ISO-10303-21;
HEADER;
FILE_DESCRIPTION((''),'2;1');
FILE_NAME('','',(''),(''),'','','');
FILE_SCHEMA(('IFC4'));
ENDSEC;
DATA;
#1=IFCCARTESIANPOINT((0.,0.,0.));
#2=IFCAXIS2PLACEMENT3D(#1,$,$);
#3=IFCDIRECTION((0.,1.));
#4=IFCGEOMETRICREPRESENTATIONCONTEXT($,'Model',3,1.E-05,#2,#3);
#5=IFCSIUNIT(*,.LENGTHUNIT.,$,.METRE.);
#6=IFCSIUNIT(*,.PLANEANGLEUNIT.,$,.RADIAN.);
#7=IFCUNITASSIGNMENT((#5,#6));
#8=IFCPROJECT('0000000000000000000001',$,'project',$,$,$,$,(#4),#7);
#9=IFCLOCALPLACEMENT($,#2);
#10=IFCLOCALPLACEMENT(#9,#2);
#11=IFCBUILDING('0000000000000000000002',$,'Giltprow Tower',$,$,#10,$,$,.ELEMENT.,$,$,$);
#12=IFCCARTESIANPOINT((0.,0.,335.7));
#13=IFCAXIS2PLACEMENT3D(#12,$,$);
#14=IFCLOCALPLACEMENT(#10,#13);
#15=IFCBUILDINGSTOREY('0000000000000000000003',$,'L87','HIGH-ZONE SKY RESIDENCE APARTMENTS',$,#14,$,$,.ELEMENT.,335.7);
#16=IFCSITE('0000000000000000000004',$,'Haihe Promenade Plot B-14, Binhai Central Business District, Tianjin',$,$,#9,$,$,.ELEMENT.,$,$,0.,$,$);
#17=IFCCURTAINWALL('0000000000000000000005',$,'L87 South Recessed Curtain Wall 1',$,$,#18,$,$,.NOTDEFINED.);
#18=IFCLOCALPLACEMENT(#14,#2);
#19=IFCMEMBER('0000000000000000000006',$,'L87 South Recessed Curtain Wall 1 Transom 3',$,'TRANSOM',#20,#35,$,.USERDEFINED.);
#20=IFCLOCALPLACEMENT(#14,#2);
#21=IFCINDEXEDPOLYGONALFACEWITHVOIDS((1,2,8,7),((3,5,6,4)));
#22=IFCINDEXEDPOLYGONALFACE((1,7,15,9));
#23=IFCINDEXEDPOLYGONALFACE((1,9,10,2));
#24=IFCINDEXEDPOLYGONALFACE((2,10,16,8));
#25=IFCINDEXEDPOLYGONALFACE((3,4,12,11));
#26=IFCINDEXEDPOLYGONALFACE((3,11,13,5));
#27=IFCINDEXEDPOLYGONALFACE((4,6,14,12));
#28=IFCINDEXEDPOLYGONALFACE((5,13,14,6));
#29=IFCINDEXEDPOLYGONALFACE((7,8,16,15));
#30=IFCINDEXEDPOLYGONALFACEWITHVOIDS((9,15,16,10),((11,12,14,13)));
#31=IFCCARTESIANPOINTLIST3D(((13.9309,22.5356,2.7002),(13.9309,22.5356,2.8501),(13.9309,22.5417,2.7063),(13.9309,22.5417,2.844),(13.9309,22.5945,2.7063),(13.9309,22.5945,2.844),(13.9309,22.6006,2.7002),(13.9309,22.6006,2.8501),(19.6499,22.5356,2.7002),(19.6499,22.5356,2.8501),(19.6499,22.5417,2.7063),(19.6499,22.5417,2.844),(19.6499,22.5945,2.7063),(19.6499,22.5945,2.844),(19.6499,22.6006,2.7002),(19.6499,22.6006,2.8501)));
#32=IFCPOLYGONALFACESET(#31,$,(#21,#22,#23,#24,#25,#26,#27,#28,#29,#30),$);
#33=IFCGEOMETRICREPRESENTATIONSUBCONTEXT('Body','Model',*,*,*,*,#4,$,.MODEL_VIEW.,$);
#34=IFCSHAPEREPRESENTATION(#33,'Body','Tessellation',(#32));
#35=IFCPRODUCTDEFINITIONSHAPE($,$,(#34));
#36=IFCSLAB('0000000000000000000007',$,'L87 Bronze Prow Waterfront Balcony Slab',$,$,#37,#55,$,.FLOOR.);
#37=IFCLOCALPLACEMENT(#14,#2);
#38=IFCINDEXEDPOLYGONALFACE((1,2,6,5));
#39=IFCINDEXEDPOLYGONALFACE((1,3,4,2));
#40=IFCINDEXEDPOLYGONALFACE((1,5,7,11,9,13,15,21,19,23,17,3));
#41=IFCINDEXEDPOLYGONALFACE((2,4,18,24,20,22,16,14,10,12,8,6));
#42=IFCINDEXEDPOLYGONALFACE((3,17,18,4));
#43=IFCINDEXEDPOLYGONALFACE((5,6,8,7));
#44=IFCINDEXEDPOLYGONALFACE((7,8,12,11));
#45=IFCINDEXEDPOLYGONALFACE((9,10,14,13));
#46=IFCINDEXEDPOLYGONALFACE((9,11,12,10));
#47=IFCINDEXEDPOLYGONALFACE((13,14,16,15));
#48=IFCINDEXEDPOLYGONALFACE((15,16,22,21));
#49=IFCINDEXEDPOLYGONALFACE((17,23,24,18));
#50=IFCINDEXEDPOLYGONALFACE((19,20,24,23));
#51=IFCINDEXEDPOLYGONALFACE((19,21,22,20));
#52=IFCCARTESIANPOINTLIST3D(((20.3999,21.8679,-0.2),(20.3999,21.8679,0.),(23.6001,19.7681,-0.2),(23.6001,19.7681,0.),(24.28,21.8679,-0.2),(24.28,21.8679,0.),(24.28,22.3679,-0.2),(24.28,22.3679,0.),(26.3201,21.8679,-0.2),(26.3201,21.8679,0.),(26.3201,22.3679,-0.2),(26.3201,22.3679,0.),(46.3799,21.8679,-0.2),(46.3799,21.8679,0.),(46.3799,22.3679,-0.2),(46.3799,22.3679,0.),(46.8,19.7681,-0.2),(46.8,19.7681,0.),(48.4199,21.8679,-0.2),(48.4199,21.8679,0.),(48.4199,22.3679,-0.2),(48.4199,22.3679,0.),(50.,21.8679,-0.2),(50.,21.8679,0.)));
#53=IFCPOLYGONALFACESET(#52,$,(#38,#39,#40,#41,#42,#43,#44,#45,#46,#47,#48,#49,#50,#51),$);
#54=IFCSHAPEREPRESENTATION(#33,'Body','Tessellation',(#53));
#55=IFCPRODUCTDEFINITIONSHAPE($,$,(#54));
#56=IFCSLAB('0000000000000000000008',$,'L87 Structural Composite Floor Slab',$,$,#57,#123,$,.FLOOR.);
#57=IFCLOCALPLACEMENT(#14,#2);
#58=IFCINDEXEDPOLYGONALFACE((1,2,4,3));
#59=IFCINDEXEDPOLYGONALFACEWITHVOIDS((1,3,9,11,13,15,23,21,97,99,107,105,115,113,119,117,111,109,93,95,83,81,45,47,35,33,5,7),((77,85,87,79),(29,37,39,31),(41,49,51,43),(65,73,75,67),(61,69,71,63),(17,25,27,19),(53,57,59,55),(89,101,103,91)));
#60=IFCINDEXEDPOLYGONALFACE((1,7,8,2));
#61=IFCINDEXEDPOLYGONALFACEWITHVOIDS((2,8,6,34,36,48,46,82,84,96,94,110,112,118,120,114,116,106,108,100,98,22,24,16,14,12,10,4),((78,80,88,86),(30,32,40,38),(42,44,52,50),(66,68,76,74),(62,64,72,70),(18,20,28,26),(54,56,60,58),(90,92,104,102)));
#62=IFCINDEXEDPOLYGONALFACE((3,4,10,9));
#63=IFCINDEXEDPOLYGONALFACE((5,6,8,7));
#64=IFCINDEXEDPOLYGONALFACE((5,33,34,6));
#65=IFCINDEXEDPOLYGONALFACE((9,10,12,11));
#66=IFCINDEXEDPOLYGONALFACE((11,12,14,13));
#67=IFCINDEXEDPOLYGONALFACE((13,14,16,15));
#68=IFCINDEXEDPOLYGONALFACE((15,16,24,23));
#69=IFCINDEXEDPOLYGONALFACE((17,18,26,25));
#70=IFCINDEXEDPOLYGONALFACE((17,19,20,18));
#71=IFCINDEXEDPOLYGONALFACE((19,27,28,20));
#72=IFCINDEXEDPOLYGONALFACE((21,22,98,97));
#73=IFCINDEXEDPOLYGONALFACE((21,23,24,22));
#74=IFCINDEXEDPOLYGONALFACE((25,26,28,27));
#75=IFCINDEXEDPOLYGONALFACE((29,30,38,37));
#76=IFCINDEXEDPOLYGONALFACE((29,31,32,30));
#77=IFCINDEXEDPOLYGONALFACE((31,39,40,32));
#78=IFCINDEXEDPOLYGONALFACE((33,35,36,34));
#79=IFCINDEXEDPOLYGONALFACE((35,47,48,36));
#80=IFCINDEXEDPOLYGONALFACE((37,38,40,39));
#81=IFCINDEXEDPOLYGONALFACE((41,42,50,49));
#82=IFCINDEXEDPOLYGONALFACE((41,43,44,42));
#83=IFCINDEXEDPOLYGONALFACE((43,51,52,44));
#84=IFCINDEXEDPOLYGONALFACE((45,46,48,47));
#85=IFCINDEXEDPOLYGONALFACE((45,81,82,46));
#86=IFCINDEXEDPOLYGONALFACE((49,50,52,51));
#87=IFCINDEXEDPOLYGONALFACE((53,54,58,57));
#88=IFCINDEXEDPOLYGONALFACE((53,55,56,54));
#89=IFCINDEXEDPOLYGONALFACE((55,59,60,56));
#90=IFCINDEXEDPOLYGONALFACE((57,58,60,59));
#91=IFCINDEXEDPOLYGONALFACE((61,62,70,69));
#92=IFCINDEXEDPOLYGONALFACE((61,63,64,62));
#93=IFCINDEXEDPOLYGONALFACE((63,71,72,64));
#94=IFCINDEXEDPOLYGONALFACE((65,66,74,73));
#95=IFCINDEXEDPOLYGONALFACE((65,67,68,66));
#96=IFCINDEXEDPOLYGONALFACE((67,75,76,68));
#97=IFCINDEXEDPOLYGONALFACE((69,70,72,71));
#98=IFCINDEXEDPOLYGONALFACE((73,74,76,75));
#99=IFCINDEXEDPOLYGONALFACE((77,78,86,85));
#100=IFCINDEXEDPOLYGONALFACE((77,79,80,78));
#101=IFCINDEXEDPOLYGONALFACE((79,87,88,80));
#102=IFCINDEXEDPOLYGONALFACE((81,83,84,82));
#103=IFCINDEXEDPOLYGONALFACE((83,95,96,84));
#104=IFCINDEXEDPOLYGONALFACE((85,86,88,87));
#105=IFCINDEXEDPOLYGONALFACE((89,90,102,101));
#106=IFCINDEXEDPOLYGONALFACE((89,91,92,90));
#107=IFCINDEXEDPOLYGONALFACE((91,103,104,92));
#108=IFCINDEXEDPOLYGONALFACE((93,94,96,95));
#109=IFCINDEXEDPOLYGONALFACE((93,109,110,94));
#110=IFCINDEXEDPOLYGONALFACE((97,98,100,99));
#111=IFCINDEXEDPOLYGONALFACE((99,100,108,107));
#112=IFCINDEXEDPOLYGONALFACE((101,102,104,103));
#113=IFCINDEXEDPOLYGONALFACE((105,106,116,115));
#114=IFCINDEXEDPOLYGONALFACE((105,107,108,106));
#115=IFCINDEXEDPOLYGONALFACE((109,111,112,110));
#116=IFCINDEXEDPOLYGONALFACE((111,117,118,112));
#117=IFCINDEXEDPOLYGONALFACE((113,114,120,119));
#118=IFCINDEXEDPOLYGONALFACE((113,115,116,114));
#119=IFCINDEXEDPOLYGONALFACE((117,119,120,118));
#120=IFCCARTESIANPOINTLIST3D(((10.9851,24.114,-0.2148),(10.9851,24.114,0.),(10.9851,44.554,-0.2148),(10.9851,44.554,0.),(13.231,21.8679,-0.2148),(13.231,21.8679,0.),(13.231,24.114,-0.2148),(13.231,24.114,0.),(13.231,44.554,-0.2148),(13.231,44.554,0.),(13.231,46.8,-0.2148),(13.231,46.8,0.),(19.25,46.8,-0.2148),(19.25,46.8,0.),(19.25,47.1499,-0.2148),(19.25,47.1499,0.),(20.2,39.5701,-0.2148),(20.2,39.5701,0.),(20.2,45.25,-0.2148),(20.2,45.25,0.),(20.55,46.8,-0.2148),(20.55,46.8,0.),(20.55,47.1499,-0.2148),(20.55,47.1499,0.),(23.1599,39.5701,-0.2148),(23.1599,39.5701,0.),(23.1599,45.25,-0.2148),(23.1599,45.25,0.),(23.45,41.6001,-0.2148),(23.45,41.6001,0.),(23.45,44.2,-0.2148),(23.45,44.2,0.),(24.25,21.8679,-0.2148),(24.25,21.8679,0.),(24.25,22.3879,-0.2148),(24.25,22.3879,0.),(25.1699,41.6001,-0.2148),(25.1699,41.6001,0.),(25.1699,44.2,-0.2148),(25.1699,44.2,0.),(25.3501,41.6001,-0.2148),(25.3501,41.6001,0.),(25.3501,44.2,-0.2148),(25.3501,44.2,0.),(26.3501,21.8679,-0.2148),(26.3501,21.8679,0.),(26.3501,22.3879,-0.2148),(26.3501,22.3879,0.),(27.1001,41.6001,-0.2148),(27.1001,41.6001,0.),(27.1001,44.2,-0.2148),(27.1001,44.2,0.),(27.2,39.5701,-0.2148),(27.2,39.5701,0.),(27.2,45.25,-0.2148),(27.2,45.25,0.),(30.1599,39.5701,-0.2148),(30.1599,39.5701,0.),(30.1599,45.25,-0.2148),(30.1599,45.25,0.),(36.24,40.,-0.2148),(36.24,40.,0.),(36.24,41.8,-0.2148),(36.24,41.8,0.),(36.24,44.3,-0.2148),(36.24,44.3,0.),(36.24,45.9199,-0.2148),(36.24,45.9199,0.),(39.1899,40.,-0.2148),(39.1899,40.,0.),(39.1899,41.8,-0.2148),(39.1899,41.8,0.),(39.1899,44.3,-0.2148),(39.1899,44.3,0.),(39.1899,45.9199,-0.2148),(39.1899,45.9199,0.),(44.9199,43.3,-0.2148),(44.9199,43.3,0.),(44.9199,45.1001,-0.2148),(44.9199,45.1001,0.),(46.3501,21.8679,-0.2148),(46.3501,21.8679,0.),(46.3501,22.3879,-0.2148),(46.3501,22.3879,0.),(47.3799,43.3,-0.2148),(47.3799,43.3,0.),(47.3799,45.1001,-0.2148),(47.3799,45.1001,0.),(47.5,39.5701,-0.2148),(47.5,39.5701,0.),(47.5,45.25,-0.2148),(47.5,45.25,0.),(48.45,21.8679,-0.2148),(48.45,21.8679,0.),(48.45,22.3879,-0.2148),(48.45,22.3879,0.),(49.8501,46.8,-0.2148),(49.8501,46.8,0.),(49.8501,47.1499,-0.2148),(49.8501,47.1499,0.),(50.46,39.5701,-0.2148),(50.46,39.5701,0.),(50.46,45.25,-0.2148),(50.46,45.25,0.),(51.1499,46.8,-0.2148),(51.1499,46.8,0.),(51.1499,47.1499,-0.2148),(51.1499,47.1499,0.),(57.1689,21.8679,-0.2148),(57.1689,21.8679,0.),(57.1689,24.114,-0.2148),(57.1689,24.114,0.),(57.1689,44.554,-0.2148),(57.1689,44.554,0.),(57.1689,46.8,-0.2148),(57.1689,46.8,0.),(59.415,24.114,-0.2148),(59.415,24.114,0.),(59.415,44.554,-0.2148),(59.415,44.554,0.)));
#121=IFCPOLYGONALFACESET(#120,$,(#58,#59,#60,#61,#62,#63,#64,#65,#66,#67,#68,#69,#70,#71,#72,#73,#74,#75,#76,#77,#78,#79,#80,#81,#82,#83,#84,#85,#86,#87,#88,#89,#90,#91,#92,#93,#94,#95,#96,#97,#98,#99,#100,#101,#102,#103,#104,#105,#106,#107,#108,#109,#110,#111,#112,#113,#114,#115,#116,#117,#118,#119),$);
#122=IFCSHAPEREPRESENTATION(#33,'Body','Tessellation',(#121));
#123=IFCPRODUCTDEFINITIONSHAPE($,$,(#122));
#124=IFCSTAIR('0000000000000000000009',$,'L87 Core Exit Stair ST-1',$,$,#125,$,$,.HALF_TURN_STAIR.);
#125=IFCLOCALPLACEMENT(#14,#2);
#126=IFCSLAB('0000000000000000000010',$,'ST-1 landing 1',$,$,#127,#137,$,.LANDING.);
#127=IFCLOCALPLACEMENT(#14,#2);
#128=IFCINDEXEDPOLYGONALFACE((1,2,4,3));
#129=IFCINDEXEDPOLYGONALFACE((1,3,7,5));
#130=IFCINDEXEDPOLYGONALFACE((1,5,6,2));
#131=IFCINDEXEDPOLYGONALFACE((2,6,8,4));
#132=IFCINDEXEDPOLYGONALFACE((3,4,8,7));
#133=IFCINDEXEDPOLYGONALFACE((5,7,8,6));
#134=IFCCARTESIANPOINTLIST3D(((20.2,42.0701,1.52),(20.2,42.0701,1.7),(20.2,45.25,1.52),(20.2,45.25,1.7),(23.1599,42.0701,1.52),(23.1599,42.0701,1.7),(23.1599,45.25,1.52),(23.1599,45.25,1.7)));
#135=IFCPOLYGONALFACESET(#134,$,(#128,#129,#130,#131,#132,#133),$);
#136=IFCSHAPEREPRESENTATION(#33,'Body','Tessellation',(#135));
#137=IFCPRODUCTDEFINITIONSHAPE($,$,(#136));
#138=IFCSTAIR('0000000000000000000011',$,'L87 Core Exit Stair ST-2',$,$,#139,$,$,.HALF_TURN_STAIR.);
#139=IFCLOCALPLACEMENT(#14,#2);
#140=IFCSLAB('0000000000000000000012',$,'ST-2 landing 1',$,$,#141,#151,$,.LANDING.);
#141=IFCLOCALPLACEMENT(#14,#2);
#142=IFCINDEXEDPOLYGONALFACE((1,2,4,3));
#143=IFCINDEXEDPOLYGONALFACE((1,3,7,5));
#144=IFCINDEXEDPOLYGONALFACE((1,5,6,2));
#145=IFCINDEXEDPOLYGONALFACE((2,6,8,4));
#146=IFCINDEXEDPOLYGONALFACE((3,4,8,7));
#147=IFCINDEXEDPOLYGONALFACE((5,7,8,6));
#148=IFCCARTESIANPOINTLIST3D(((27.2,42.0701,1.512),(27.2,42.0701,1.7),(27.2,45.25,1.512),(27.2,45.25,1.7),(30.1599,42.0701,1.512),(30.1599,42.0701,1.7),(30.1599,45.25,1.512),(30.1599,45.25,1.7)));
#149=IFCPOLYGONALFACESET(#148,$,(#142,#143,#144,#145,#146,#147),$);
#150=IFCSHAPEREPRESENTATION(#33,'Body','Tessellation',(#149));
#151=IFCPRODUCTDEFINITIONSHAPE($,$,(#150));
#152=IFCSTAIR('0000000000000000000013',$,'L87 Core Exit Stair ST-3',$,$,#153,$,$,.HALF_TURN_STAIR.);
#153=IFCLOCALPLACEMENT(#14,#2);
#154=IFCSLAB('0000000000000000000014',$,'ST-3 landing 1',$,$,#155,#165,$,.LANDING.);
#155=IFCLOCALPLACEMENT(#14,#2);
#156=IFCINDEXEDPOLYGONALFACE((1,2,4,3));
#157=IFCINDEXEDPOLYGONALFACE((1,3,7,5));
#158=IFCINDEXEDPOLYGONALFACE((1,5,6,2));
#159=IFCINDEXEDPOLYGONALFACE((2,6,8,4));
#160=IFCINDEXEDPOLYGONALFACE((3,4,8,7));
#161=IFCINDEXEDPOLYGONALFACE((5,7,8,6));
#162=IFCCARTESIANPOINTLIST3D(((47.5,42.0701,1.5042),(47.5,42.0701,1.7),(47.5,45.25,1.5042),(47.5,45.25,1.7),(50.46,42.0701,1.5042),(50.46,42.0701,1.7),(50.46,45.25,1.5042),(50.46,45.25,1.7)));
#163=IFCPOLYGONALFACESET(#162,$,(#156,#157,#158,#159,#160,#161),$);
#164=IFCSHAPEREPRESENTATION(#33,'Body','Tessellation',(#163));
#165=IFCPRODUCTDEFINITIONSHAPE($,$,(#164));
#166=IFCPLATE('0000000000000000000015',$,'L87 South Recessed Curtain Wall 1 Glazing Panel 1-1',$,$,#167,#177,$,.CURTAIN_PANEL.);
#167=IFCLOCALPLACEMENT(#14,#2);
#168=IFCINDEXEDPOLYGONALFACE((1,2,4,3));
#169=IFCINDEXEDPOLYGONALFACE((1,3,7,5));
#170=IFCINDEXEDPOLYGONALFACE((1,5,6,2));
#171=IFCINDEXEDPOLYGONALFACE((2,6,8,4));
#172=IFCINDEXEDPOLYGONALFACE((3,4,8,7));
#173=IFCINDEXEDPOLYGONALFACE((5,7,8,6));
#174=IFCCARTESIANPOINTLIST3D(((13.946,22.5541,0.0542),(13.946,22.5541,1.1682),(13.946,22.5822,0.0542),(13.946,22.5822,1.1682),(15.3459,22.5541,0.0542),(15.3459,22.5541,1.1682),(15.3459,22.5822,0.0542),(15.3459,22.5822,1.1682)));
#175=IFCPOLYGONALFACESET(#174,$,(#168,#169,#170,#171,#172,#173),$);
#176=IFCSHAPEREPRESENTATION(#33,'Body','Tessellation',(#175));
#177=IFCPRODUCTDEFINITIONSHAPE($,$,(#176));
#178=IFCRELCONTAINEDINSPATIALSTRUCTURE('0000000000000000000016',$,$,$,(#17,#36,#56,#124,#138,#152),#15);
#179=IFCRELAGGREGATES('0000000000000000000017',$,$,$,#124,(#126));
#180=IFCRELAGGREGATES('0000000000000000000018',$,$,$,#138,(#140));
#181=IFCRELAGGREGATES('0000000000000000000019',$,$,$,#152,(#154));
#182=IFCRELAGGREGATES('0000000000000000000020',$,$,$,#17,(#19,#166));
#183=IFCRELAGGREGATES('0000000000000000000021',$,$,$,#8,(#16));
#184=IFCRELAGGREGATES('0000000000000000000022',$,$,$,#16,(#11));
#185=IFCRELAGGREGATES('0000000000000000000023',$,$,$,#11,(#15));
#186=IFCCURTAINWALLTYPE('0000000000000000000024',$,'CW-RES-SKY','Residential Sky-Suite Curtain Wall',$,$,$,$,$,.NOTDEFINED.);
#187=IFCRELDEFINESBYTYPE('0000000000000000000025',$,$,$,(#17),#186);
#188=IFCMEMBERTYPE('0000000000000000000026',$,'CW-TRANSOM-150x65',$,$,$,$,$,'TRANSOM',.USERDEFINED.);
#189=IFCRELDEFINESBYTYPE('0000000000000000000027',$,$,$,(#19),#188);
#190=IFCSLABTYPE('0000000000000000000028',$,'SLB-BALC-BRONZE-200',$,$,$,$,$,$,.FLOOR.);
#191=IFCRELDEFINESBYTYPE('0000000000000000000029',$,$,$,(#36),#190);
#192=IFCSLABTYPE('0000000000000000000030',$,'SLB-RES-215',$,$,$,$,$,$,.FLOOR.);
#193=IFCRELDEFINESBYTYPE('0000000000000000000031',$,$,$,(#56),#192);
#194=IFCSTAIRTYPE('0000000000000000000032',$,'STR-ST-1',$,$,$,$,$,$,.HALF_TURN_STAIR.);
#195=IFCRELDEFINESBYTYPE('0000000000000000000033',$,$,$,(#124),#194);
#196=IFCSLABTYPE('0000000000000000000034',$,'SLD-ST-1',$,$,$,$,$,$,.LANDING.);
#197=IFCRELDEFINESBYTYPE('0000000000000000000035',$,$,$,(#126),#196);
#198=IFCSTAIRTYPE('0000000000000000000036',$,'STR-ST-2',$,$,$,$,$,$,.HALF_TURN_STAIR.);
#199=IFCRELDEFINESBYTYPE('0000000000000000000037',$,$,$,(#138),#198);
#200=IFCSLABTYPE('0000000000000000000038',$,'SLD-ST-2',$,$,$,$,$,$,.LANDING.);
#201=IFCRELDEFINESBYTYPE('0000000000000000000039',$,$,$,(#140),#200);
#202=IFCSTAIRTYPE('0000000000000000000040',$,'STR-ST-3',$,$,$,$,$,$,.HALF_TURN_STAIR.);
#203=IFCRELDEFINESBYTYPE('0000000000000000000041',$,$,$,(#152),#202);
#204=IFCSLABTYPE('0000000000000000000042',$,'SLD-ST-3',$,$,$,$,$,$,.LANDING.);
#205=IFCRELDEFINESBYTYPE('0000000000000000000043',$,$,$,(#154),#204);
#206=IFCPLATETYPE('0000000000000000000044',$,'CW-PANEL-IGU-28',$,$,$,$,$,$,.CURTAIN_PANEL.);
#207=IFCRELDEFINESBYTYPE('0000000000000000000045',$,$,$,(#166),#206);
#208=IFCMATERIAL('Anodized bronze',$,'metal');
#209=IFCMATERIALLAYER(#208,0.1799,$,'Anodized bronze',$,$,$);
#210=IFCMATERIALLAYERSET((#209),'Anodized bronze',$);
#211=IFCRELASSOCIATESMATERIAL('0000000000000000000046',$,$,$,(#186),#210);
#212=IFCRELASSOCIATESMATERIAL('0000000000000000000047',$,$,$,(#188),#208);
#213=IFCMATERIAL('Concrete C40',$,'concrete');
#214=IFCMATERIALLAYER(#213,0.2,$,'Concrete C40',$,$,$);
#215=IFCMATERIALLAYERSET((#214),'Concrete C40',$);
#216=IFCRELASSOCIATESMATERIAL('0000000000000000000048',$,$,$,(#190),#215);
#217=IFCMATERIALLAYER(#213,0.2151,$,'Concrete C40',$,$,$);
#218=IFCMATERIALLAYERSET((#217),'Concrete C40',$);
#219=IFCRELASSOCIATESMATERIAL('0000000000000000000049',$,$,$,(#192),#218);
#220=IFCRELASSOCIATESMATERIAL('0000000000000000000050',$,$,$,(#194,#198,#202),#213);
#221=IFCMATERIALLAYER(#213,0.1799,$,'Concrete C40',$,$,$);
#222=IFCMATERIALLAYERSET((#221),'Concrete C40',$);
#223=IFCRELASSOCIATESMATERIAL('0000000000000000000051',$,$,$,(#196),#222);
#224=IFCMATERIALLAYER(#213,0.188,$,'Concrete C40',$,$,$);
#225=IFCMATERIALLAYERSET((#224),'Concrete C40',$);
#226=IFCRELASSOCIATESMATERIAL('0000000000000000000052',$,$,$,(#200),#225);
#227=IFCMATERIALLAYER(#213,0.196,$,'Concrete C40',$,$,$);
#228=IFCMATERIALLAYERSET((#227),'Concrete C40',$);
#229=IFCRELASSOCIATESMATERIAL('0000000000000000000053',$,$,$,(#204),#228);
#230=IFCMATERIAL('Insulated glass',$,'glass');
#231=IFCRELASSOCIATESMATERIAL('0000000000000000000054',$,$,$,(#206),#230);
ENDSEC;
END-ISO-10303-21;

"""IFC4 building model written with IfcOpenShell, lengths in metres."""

from ifc_helpers import new_model, si_unit, direction, frame, origin, origin_2d, place, context, subcontext, project, spatial, polyline, rectangle, hollow_rectangle, outline, extrude, source, transform, mapped, material, layer, layer_set, material_profile, profile_set, type_object, element, aggregate, save


model = new_model("IFC4")

# Units and contexts
model_context = context("Model", 3, precision=1e-05, world=origin(), true_north=direction((0.0, 1.0)))
body_context = subcontext(model_context, "Body", "Model", "MODEL_VIEW")
ifc_project = project(units=[si_unit("LENGTHUNIT", "METRE"), si_unit("PLANEANGLEUNIT", "RADIAN")], contexts=[model_context])

# Site, building, storey
site_placement = place(None, origin())
site = spatial("IfcSite", under=ifc_project, at=site_placement, Name="Haihe Promenade Plot B-14, Binhai Central Business District, Tianjin", CompositionType="ELEMENT", RefElevation=0.0)
building_placement = place(site_placement, origin())
building = spatial("IfcBuilding", under=site, at=building_placement, Name="Giltprow Tower", CompositionType="ELEMENT")
storey_placement = place(building_placement, frame((0.0, 0.0, 335.7)))
storey = spatial("IfcBuildingStorey", under=building, at=storey_placement, Name="L87", Description="HIGH-ZONE SKY RESIDENCE APARTMENTS", CompositionType="ELEMENT", Elevation=335.7)

# Curtain wall, member
ifc_material_1 = material(Name="Anodized bronze", Category="metal")
ifc_layer_1 = layer(ifc_material_1, 0.1799, Name="Anodized bronze")
ifc_layer_set_1 = layer_set([ifc_layer_1], Name="Anodized bronze")
curtain_wall_type = type_object("IfcCurtainWallType", Name="CW-RES-SKY", Description="Residential Sky-Suite Curtain Wall", PredefinedType="NOTDEFINED", material=ifc_layer_set_1)
curtain_wall_placement = place(storey_placement, origin())
curtain_wall = element("IfcCurtainWall", 1, at=curtain_wall_placement, inside=storey, type_object=curtain_wall_type, Name="L87 South Recessed Curtain Wall 1", PredefinedType="NOTDEFINED")
ifc_material_profile_1 = material_profile(ifc_material_1, hollow_rectangle(XDim=0.0649, YDim=0.1499, WallThickness=0.0061, at=origin_2d()), Name="RHS 150x65x6")
ifc_profile_set_1 = profile_set([ifc_material_profile_1], Name="Anodized bronze")
member_type_1 = type_object("IfcMemberType", Name="CW-TRANSOM-150x65", ElementType="TRANSOM", PredefinedType="USERDEFINED", material=ifc_profile_set_1)
shared_shape_1 = source(origin(), body_context, "Body", "SweptSolid", [
    extrude(hollow_rectangle(XDim=0.0649, YDim=0.1499, WallThickness=0.0061, at=origin_2d()), origin(), (0.0, 0.0, 1.0), 5.719),
])
member_1_placement = place(storey_placement, frame((13.9309, 22.5681, 2.7751), z_axis=(1.0, 0.0, 0.0), x_axis=(0.0, 1.0, 0.0)))
member_1 = element("IfcMember", 2, at=member_1_placement, type_object=member_type_1, Name="L87 South Recessed Curtain Wall 1 Transom 3", ObjectType="TRANSOM", PredefinedType="USERDEFINED", context=body_context, shape_type="MappedRepresentation", body=[
    mapped(shared_shape_1, transform((0.0, 0.0, 0.0), x_axis=(1.0, 0.0, 0.0), y_axis=(0.0, 1.0, 0.0), z_axis=(0.0, 0.0, 1.0), scale=1.0)),
])

# Slabs
ifc_material_2 = material(Name="Concrete C40", Category="concrete")
ifc_layer_2 = layer(ifc_material_2, 0.2, Name="Concrete C40")
ifc_layer_set_2 = layer_set([ifc_layer_2], Name="Concrete C40")
slab_type_1 = type_object("IfcSlabType", Name="SLB-BALC-BRONZE-200", PredefinedType="FLOOR", material=ifc_layer_set_2)
slab_1_placement = place(storey_placement, frame((0.0, 0.0, -0.2)))
element("IfcSlab", 3, at=slab_1_placement, inside=storey, type_object=slab_type_1, Name="L87 Bronze Prow Waterfront Balcony Slab", PredefinedType="FLOOR", context=body_context, shape_type="SweptSolid", body=[
    extrude(outline(polyline([(50.0, 21.8679), (46.8, 19.7681), (23.6001, 19.7681), (20.3999, 21.8679), (24.28, 21.8679), (24.28, 22.3679), (26.3201, 22.3679), (26.3201, 21.8679), (46.3799, 21.8679), (46.3799, 22.3679), (48.4199, 22.3679), (48.4199, 21.8679), (50.0, 21.8679)])), origin(), (0.0, 0.0, 1.0), 0.2),
])
ifc_layer_3 = layer(ifc_material_2, 0.2151, Name="Concrete C40")
ifc_layer_set_3 = layer_set([ifc_layer_3], Name="Concrete C40")
slab_type_2 = type_object("IfcSlabType", Name="SLB-RES-215", PredefinedType="FLOOR", material=ifc_layer_set_3)
slab_2_placement = place(storey_placement, frame((0.0, 0.0, -0.2148)))
element("IfcSlab", 4, at=slab_2_placement, inside=storey, type_object=slab_type_2, Name="L87 Structural Composite Floor Slab", PredefinedType="FLOOR", context=body_context, shape_type="SweptSolid", body=[
    extrude(outline(polyline([(59.415, 44.554), (59.415, 24.114), (57.1689, 24.114), (57.1689, 21.8679), (48.45, 21.8679), (48.45, 22.3879), (46.3501, 22.3879), (46.3501, 21.8679), (26.3501, 21.8679), (26.3501, 22.3879), (24.25, 22.3879), (24.25, 21.8679), (13.231, 21.8679), (13.231, 24.114), (10.9851, 24.114), (10.9851, 44.554), (13.231, 44.554), (13.231, 46.8), (19.25, 46.8), (19.25, 47.1499), (20.55, 47.1499), (20.55, 46.8), (49.8501, 46.8), (49.8501, 47.1499), (51.1499, 47.1499), (51.1499, 46.8), (57.1689, 46.8), (57.1689, 44.554), (59.415, 44.554)]), holes=[polyline([(39.1899, 41.8), (36.24, 41.8), (36.24, 40.0), (39.1899, 40.0), (39.1899, 41.8)]), polyline([(23.1599, 39.5701), (23.1599, 45.25), (20.2, 45.25), (20.2, 39.5701), (23.1599, 39.5701)]), polyline([(30.1599, 39.5701), (30.1599, 45.25), (27.2, 45.25), (27.2, 39.5701), (30.1599, 39.5701)]), polyline([(50.46, 45.25), (47.5, 45.25), (47.5, 39.5701), (50.46, 39.5701), (50.46, 45.25)]), polyline([(25.1699, 44.2), (23.45, 44.2), (23.45, 41.6001), (25.1699, 41.6001), (25.1699, 44.2)]), polyline([(27.1001, 44.2), (25.3501, 44.2), (25.3501, 41.6001), (27.1001, 41.6001), (27.1001, 44.2)]), polyline([(47.3799, 43.3), (47.3799, 45.1001), (44.9199, 45.1001), (44.9199, 43.3), (47.3799, 43.3)]), polyline([(39.1899, 44.3), (39.1899, 45.9199), (36.24, 45.9199), (36.24, 44.3), (39.1899, 44.3)])]), origin(), (0.0, 0.0, 1.0), 0.2148),
])

# Stairs, slabs
stair_type_1 = type_object("IfcStairType", Name="STR-ST-1", PredefinedType="HALF_TURN_STAIR", material=ifc_material_2)
stair_1_placement = place(storey_placement, origin())
stair_1 = element("IfcStair", 5, at=stair_1_placement, inside=storey, type_object=stair_type_1, Name="L87 Core Exit Stair ST-1", PredefinedType="HALF_TURN_STAIR")
ifc_layer_4 = layer(ifc_material_2, 0.1799, Name="Concrete C40")
ifc_layer_set_4 = layer_set([ifc_layer_4], Name="Concrete C40")
slab_type_3 = type_object("IfcSlabType", Name="SLD-ST-1", PredefinedType="LANDING", material=ifc_layer_set_4)
slab_3_placement = place(storey_placement, frame((0.0, 0.0, 1.52)))
slab_3 = element("IfcSlab", 6, at=slab_3_placement, type_object=slab_type_3, Name="ST-1 landing 1", PredefinedType="LANDING", context=body_context, shape_type="SweptSolid", body=[
    extrude(outline(polyline([(23.1599, 42.0701), (23.1599, 45.25), (20.2, 45.25), (20.2, 42.0701), (23.1599, 42.0701)])), origin(), (0.0, 0.0, 1.0), 0.1799),
])
aggregate(stair_1, [slab_3])
stair_type_2 = type_object("IfcStairType", Name="STR-ST-2", PredefinedType="HALF_TURN_STAIR", material=ifc_material_2)
stair_2_placement = place(storey_placement, origin())
stair_2 = element("IfcStair", 7, at=stair_2_placement, inside=storey, type_object=stair_type_2, Name="L87 Core Exit Stair ST-2", PredefinedType="HALF_TURN_STAIR")
ifc_layer_5 = layer(ifc_material_2, 0.188, Name="Concrete C40")
ifc_layer_set_5 = layer_set([ifc_layer_5], Name="Concrete C40")
slab_type_4 = type_object("IfcSlabType", Name="SLD-ST-2", PredefinedType="LANDING", material=ifc_layer_set_5)
slab_4_placement = place(storey_placement, frame((0.0, 0.0, 1.512)))
slab_4 = element("IfcSlab", 8, at=slab_4_placement, type_object=slab_type_4, Name="ST-2 landing 1", PredefinedType="LANDING", context=body_context, shape_type="SweptSolid", body=[
    extrude(outline(polyline([(30.1599, 42.0701), (30.1599, 45.25), (27.2, 45.25), (27.2, 42.0701), (30.1599, 42.0701)])), origin(), (0.0, 0.0, 1.0), 0.188),
])
aggregate(stair_2, [slab_4])
stair_type_3 = type_object("IfcStairType", Name="STR-ST-3", PredefinedType="HALF_TURN_STAIR", material=ifc_material_2)
stair_3_placement = place(storey_placement, origin())
stair_3 = element("IfcStair", 9, at=stair_3_placement, inside=storey, type_object=stair_type_3, Name="L87 Core Exit Stair ST-3", PredefinedType="HALF_TURN_STAIR")
ifc_layer_6 = layer(ifc_material_2, 0.196, Name="Concrete C40")
ifc_layer_set_6 = layer_set([ifc_layer_6], Name="Concrete C40")
slab_type_5 = type_object("IfcSlabType", Name="SLD-ST-3", PredefinedType="LANDING", material=ifc_layer_set_6)
slab_5_placement = place(storey_placement, frame((0.0, 0.0, 1.5042)))
slab_5 = element("IfcSlab", 10, at=slab_5_placement, type_object=slab_type_5, Name="ST-3 landing 1", PredefinedType="LANDING", context=body_context, shape_type="SweptSolid", body=[
    extrude(outline(polyline([(50.46, 42.0701), (50.46, 45.25), (47.5, 45.25), (47.5, 42.0701), (50.46, 42.0701)])), origin(), (0.0, 0.0, 1.0), 0.1958),
])
aggregate(stair_3, [slab_5])

# Plate
ifc_material_3 = material(Name="Insulated glass", Category="glass")
plate_type = type_object("IfcPlateType", Name="CW-PANEL-IGU-28", PredefinedType="CURTAIN_PANEL", material=ifc_material_3)
shared_shape_2 = source(origin(), body_context, "Body", "SweptSolid", [
    extrude(rectangle(XDim=1.3999, YDim=0.0281, at=origin_2d()), origin(), (0.0, 0.0, 1.0), 1.114),
])
plate_1_placement = place(storey_placement, frame((14.646, 22.5681, 0.0542), z_axis=(0.0, 0.0, 1.0), x_axis=(1.0, 0.0, 0.0)))
plate_1 = element("IfcPlate", 11, at=plate_1_placement, type_object=plate_type, Name="L87 South Recessed Curtain Wall 1 Glazing Panel 1-1", PredefinedType="CURTAIN_PANEL", context=body_context, shape_type="MappedRepresentation", body=[
    mapped(shared_shape_2, transform((0.0, 0.0, 0.0), x_axis=(1.0, 0.0, 0.0), y_axis=(0.0, 1.0, 0.0), z_axis=(0.0, 0.0, 1.0), scale=1.0)),
])
aggregate(curtain_wall, [member_1, plate_1])

save(model, "model.ifc")
